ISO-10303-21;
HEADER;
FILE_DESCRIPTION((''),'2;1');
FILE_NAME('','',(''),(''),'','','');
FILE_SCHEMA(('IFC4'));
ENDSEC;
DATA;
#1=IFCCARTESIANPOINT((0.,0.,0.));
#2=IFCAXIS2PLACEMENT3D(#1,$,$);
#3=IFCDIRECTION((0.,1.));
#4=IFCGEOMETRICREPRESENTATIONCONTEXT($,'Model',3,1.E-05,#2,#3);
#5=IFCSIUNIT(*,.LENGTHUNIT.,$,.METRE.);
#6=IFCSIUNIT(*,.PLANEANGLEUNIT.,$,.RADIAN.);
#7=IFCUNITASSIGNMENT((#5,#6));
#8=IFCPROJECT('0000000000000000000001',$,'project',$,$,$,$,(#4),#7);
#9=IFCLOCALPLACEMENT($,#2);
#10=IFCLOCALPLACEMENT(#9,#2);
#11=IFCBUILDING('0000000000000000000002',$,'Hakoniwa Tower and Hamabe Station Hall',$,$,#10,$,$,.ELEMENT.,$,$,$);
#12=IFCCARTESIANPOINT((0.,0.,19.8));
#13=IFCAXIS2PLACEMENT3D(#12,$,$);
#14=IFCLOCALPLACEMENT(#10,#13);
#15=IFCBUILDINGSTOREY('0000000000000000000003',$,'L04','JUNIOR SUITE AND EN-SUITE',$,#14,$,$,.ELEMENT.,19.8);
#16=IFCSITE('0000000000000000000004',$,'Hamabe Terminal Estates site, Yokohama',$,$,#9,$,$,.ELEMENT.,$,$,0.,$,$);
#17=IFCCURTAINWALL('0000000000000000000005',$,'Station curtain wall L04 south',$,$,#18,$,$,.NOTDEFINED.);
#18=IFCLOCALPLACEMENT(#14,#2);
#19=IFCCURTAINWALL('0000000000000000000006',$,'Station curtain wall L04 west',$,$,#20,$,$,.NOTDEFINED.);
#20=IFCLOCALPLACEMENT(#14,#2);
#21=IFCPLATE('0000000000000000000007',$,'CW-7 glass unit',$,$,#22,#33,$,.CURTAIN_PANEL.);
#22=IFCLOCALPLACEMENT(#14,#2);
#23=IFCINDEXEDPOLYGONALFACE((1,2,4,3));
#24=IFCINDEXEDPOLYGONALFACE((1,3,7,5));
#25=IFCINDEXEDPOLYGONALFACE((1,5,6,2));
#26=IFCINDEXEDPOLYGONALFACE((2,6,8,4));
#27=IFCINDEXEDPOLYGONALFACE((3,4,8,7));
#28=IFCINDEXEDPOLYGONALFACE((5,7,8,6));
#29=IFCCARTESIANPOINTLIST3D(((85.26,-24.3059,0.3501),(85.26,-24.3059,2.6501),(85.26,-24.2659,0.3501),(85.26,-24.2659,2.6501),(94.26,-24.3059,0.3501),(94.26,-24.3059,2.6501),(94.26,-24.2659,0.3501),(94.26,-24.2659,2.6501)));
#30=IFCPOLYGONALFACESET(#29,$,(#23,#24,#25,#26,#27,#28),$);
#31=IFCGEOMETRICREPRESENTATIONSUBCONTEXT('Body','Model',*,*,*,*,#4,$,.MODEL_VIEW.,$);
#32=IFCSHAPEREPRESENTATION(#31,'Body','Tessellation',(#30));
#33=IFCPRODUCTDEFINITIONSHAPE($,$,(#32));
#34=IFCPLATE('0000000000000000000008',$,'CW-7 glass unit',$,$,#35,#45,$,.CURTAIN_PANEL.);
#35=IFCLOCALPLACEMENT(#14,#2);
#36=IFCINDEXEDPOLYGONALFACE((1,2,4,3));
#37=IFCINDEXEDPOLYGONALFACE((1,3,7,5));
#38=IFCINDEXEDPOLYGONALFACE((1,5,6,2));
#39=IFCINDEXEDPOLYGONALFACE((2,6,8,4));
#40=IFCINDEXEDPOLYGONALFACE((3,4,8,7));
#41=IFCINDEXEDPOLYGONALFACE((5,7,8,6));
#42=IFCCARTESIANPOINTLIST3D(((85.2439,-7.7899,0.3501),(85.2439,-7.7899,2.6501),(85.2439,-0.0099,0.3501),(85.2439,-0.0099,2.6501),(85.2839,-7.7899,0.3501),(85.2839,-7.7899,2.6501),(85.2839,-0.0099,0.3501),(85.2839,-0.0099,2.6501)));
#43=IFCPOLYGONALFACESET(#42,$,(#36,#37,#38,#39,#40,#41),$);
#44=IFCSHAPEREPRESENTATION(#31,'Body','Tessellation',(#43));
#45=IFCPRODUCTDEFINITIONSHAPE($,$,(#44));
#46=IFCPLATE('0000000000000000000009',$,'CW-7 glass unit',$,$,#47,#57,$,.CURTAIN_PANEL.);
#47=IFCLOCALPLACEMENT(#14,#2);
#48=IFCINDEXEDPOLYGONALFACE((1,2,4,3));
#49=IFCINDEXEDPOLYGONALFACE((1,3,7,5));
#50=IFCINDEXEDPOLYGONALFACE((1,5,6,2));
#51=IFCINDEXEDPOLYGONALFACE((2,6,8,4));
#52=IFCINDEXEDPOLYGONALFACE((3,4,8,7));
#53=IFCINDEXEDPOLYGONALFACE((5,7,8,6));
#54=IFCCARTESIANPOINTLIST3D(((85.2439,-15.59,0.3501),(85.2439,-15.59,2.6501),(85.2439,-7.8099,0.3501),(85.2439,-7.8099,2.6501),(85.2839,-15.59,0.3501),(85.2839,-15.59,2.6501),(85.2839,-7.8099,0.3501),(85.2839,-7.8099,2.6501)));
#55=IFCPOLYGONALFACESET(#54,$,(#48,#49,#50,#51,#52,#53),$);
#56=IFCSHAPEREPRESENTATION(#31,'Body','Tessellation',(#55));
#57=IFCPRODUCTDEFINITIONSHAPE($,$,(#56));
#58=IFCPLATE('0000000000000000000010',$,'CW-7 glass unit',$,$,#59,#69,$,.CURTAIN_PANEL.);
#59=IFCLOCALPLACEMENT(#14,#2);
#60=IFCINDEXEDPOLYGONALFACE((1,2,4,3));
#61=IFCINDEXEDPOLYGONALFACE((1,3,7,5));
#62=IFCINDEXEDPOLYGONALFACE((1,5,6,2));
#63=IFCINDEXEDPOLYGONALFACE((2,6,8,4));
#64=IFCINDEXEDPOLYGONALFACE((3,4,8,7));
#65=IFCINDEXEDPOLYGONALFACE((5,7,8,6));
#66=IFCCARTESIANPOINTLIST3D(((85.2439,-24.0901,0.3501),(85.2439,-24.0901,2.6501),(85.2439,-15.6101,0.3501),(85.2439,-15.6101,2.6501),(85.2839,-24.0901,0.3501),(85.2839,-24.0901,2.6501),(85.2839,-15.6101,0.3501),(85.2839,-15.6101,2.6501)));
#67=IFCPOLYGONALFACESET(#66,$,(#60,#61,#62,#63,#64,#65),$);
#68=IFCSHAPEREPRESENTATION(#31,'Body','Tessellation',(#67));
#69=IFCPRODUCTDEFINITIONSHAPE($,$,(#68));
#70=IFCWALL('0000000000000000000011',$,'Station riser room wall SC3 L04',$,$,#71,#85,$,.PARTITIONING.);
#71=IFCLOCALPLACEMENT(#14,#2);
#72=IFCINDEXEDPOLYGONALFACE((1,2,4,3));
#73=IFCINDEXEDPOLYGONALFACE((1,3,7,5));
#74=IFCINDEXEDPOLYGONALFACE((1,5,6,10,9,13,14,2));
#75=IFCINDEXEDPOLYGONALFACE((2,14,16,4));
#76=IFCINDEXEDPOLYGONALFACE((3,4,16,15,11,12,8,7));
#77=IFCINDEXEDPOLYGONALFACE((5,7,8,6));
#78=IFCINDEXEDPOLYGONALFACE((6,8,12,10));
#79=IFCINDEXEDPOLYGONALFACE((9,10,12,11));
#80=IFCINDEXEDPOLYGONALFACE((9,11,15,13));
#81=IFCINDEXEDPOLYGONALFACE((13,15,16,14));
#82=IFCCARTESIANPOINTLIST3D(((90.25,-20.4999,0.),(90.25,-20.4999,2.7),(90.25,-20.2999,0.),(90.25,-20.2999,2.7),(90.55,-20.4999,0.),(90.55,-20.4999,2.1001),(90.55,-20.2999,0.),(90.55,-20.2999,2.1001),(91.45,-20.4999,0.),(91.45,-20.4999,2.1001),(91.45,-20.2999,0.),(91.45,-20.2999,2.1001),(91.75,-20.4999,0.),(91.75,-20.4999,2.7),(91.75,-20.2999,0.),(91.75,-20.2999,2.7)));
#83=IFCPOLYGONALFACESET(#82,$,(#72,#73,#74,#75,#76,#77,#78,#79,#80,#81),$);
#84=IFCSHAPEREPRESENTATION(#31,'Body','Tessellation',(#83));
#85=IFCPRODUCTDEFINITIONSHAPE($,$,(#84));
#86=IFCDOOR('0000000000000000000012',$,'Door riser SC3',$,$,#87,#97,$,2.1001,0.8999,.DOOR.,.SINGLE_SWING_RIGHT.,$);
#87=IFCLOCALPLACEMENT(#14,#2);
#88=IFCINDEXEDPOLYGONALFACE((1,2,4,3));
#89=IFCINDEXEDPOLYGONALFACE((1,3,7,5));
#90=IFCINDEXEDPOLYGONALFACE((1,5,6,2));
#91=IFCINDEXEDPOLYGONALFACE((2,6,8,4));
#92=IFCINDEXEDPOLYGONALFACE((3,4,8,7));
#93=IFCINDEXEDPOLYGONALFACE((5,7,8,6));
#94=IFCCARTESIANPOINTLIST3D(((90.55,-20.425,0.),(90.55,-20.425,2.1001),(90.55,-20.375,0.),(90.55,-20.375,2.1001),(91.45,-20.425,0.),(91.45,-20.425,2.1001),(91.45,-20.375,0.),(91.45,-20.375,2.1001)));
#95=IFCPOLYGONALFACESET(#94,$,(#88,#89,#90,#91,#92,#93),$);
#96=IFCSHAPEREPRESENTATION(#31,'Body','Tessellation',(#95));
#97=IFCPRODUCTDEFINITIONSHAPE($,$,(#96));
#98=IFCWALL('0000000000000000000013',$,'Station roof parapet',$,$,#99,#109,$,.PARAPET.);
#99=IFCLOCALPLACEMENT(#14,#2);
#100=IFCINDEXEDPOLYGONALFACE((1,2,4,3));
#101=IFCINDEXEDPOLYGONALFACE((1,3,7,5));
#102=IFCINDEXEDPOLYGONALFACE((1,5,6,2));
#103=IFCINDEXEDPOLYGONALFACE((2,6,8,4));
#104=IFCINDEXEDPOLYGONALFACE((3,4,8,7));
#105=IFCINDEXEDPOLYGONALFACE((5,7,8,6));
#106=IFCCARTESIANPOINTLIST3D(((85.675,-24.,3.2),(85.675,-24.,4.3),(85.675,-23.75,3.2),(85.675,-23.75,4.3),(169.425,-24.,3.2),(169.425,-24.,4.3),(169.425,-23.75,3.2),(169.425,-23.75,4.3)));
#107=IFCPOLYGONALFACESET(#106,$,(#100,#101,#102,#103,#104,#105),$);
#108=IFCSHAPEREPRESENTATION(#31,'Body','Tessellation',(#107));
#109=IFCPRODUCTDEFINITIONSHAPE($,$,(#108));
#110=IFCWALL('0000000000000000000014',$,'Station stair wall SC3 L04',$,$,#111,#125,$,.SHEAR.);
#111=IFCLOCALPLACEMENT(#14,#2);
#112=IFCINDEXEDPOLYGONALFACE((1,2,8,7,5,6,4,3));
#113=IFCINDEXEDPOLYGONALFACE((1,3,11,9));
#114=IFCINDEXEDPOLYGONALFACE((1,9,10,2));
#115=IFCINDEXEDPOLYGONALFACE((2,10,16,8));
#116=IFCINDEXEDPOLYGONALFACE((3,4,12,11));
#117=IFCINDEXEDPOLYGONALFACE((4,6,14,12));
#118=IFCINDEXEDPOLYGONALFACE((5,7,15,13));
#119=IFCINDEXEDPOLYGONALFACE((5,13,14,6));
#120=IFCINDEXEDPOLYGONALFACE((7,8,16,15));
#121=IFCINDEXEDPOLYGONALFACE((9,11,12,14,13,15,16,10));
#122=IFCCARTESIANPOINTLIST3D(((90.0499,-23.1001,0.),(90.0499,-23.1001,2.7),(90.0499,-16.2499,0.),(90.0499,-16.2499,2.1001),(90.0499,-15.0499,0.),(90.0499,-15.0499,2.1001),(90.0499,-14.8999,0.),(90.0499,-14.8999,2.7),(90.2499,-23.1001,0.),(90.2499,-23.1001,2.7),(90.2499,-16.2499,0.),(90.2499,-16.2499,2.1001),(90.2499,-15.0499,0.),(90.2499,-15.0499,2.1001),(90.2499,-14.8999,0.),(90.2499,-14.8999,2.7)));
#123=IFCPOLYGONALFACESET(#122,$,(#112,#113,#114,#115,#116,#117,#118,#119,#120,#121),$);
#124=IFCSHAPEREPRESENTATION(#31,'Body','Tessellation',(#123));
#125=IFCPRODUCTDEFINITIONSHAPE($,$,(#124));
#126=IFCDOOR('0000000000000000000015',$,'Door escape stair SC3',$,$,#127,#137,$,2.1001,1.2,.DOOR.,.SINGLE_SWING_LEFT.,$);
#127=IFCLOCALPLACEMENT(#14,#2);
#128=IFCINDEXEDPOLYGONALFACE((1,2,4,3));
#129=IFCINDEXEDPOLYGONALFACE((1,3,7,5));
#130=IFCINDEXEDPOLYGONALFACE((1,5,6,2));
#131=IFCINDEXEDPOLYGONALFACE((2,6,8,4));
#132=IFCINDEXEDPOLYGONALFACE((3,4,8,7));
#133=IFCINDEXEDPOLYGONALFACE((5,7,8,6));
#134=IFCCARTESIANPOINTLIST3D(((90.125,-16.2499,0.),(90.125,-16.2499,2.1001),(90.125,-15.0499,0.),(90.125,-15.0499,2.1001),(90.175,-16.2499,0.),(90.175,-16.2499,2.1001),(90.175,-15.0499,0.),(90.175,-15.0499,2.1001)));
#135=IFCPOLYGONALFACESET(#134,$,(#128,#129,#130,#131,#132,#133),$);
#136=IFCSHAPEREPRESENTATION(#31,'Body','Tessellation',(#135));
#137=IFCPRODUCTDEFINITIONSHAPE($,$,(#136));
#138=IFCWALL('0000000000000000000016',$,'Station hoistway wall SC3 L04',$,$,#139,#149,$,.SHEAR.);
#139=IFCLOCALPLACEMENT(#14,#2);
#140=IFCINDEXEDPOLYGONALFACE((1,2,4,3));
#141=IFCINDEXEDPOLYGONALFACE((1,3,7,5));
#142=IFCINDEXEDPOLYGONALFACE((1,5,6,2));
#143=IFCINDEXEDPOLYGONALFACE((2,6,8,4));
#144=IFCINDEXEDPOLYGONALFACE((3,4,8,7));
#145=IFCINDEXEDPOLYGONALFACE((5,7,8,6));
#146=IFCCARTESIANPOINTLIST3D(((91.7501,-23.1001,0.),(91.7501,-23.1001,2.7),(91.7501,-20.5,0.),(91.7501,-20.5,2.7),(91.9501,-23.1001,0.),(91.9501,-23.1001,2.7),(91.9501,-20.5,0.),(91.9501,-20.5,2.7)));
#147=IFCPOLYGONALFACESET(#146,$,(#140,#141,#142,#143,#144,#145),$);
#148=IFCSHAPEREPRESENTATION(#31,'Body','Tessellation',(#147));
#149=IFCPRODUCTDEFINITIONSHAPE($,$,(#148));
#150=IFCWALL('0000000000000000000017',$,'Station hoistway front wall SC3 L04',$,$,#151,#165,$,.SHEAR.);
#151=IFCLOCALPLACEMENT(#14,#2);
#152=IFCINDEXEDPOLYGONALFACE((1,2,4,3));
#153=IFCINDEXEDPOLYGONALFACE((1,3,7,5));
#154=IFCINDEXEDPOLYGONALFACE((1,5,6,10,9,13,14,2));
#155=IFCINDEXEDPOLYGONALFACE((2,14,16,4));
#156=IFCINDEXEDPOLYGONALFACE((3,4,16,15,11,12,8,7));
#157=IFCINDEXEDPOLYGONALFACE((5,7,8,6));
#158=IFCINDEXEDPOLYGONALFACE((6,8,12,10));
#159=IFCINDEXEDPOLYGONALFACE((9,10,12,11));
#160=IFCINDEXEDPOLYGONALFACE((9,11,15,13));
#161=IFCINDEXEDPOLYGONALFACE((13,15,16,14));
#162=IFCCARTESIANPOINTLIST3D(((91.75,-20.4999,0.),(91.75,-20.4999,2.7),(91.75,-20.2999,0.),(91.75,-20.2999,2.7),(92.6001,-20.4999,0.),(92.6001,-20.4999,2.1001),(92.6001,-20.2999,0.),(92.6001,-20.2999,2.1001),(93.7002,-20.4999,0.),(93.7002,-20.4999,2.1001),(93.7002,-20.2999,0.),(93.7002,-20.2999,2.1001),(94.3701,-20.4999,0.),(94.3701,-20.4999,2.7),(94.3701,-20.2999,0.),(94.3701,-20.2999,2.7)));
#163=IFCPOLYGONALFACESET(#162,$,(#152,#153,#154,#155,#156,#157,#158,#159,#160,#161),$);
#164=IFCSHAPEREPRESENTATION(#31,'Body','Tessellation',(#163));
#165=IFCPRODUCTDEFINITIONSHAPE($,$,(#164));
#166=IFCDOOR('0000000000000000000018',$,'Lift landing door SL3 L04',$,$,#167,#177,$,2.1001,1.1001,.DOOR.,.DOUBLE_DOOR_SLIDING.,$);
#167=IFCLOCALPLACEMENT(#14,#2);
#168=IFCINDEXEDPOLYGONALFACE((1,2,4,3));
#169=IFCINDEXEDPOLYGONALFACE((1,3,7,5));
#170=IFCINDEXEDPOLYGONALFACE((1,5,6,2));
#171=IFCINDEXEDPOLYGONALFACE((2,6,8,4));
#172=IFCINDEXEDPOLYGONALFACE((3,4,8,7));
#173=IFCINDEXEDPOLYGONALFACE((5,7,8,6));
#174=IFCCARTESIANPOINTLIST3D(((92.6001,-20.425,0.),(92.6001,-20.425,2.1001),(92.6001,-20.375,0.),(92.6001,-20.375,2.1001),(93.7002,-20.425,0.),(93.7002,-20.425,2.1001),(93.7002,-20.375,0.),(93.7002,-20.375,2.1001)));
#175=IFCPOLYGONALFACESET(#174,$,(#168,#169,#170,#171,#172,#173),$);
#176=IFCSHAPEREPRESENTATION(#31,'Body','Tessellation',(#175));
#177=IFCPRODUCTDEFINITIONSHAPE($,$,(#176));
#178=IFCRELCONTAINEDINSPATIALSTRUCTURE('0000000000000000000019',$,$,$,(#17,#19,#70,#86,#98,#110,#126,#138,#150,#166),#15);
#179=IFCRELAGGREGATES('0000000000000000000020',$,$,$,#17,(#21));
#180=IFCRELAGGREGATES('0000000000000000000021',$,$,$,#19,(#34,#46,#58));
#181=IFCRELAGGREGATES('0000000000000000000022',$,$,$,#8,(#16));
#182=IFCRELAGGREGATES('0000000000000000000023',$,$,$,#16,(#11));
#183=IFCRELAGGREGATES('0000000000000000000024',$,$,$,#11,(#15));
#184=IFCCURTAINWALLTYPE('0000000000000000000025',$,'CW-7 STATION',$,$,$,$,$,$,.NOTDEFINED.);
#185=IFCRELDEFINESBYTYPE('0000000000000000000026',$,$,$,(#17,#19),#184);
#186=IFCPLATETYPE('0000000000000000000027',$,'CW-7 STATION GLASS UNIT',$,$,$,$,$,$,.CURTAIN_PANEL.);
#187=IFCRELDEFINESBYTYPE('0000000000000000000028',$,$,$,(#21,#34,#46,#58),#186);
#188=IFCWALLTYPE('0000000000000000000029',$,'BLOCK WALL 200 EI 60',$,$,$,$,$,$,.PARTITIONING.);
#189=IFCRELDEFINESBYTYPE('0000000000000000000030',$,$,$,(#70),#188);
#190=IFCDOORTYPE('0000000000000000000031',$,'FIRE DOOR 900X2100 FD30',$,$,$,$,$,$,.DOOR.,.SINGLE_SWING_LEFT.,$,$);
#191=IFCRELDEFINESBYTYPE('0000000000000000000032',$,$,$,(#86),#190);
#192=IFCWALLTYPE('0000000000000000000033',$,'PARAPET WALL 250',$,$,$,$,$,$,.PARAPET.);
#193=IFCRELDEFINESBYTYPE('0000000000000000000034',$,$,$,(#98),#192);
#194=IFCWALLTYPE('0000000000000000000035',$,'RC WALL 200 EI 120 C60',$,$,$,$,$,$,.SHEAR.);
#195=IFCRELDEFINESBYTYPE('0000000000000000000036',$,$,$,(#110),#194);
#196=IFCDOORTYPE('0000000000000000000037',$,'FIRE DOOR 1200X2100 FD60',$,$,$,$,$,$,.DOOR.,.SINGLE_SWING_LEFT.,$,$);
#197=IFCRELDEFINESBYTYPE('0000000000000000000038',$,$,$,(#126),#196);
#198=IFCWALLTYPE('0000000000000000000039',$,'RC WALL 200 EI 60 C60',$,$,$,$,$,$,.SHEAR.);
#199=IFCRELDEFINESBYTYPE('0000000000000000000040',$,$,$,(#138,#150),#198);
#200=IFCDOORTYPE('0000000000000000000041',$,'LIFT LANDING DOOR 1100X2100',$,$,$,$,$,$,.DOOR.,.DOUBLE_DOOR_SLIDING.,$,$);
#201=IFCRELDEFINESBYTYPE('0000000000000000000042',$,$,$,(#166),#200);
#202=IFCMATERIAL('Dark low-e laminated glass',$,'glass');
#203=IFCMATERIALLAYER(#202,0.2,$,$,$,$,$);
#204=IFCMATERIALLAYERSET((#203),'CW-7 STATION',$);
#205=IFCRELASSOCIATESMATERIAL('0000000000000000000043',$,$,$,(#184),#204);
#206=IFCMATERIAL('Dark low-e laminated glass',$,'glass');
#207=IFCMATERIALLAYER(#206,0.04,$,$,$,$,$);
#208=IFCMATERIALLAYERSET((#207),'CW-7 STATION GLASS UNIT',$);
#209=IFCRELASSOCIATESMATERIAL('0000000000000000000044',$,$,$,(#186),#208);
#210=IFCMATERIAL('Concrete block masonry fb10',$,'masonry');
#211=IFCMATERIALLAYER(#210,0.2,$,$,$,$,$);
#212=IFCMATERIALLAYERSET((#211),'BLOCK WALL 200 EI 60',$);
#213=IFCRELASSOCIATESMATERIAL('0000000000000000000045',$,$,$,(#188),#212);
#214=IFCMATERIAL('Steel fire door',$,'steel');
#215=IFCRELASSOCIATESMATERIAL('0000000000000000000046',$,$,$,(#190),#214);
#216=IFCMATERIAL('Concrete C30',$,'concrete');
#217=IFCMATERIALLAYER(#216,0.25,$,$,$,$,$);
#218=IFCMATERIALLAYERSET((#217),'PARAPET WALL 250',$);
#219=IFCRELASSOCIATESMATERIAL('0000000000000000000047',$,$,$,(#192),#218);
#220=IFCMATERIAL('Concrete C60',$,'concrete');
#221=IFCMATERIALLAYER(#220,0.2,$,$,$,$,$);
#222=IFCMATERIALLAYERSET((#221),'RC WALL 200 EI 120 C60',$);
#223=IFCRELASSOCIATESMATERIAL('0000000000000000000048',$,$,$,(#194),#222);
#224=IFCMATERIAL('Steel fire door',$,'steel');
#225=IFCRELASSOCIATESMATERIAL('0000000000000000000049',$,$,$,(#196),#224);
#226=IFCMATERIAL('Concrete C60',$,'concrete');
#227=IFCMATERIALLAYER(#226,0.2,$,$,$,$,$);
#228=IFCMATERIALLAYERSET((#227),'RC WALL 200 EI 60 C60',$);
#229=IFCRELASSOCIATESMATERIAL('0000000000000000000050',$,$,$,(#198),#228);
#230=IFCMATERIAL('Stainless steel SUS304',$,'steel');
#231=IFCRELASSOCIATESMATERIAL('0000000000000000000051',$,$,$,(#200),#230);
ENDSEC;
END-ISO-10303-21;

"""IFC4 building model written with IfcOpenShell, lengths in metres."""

from ifc_helpers import new_model, si_unit, direction, frame, frame_2d, origin, origin_2d, place, context, subcontext, project, spatial, rectangle, extrude, material, layer, layer_set, type_object, element, fill, aggregate, save


model = new_model("IFC4")

# Units and contexts
model_context = context("Model", 3, precision=1e-05, world=origin(), true_north=direction((0.0, 1.0)))
body_context = subcontext(model_context, "Body", "Model", "MODEL_VIEW")
ifc_project = project(units=[si_unit("LENGTHUNIT", "METRE"), si_unit("PLANEANGLEUNIT", "RADIAN")], contexts=[model_context])

# Site, building, storey
site_placement = place(None, origin())
site = spatial("IfcSite", under=ifc_project, at=site_placement, Name="Hamabe Terminal Estates site, Yokohama", CompositionType="ELEMENT", RefElevation=0.0)
building_placement = place(site_placement, origin())
building = spatial("IfcBuilding", under=site, at=building_placement, Name="Hakoniwa Tower and Hamabe Station Hall", CompositionType="ELEMENT")
storey_placement = place(building_placement, frame((0.0, 0.0, 19.8)))
storey = spatial("IfcBuildingStorey", under=building, at=storey_placement, Name="L04", Description="JUNIOR SUITE AND EN-SUITE", CompositionType="ELEMENT", Elevation=19.8)

# Curtain wall
ifc_material_1 = material(Name="Dark low-e laminated glass", Category="glass")
ifc_layer_1 = layer(ifc_material_1, 0.2)
ifc_layer_set_1 = layer_set([ifc_layer_1], Name="CW-7 STATION")
curtain_wall_type_1 = type_object("IfcCurtainWallType", Name="CW-7 STATION", PredefinedType="NOTDEFINED", material=ifc_layer_set_1)
curtain_wall_1_placement = place(storey_placement, origin())
curtain_wall_1 = element("IfcCurtainWall", 1, at=curtain_wall_1_placement, inside=storey, type_object=curtain_wall_type_1, Name="Station curtain wall L04 south", PredefinedType="NOTDEFINED")

# Curtain wall
curtain_wall_2_placement = place(storey_placement, origin())
curtain_wall_2 = element("IfcCurtainWall", 2, at=curtain_wall_2_placement, inside=storey, type_object=curtain_wall_type_1, Name="Station curtain wall L04 west", PredefinedType="NOTDEFINED")

# Plates
ifc_material_2 = material(Name="Dark low-e laminated glass", Category="glass")
ifc_layer_2 = layer(ifc_material_2, 0.04)
ifc_layer_set_2 = layer_set([ifc_layer_2], Name="CW-7 STATION GLASS UNIT")
plate_type_1 = type_object("IfcPlateType", Name="CW-7 STATION GLASS UNIT", PredefinedType="CURTAIN_PANEL", material=ifc_layer_set_2)
plate_1_placement = place(storey_placement, frame((89.76, -24.2859, 0.3501), z_axis=(0.0, 0.0, 1.0), x_axis=(1.0, 0.0, 0.0)))
plate_1 = element("IfcPlate", 3, at=plate_1_placement, type_object=plate_type_1, Name="CW-7 glass unit", PredefinedType="CURTAIN_PANEL", context=body_context, shape_type="SweptSolid", body=[
    extrude(rectangle(XDim=9.0, YDim=0.04, at=origin_2d()), origin(), (0.0, 0.0, 1.0), 2.3),
])
aggregate(curtain_wall_1, [plate_1])
plate_2_placement = place(storey_placement, frame((85.2639, -3.8999, 0.3501), z_axis=(0.0, 0.0, 1.0), x_axis=(0.0, -1.0, 0.0)))
plate_2 = element("IfcPlate", 4, at=plate_2_placement, type_object=plate_type_1, Name="CW-7 glass unit", PredefinedType="CURTAIN_PANEL", context=body_context, shape_type="SweptSolid", body=[
    extrude(rectangle(XDim=7.78, YDim=0.04, at=origin_2d()), origin(), (0.0, 0.0, 1.0), 2.3),
])
plate_3_placement = place(storey_placement, frame((85.2639, -11.7, 0.3501), z_axis=(0.0, 0.0, 1.0), x_axis=(0.0, -1.0, 0.0)))
plate_3 = element("IfcPlate", 5, at=plate_3_placement, type_object=plate_type_1, Name="CW-7 glass unit", PredefinedType="CURTAIN_PANEL", context=body_context, shape_type="SweptSolid", body=[
    extrude(rectangle(XDim=7.78, YDim=0.04, at=origin_2d()), origin(), (0.0, 0.0, 1.0), 2.3),
])
plate_4_placement = place(storey_placement, frame((85.2639, -19.8501, 0.3501), z_axis=(0.0, 0.0, 1.0), x_axis=(0.0, -1.0, 0.0)))
plate_4 = element("IfcPlate", 6, at=plate_4_placement, type_object=plate_type_1, Name="CW-7 glass unit", PredefinedType="CURTAIN_PANEL", context=body_context, shape_type="SweptSolid", body=[
    extrude(rectangle(XDim=8.48, YDim=0.04, at=origin_2d()), origin(), (0.0, 0.0, 1.0), 2.3),
])
aggregate(curtain_wall_2, [plate_2, plate_3, plate_4])

# Wall, opening, door
ifc_material_3 = material(Name="Concrete block masonry fb10", Category="masonry")
ifc_layer_3 = layer(ifc_material_3, 0.2)
ifc_layer_set_3 = layer_set([ifc_layer_3], Name="BLOCK WALL 200 EI 60")
wall_type_1 = type_object("IfcWallType", Name="BLOCK WALL 200 EI 60", PredefinedType="PARTITIONING", material=ifc_layer_set_3)
wall_1_placement = place(storey_placement, frame((90.25, -20.3999, 0.0), z_axis=(0.0, 0.0, 1.0), x_axis=(1.0, 0.0, 0.0)))
wall_1 = element("IfcWall", 7, at=wall_1_placement, inside=storey, type_object=wall_type_1, Name="Station riser room wall SC3 L04", PredefinedType="PARTITIONING", context=body_context, shape_type="SweptSolid", body=[
    extrude(rectangle(XDim=1.5, YDim=0.2, at=frame_2d((0.75, 0.0))), origin(), (0.0, 0.0, 1.0), 2.7),
])
opening_1_placement = place(wall_1_placement, frame((0.3, 0.0, 0.0)))
opening_1 = element("IfcOpeningElement", 8, at=opening_1_placement, cuts=wall_1, PredefinedType="OPENING", context=body_context, shape_type="SweptSolid", body=[
    extrude(rectangle(XDim=0.8999, YDim=2.1001, at=frame_2d((0.45, 1.05))), frame((0.0, 0.1099, 0.0), z_axis=(0.0, -1.0, 0.0), x_axis=(1.0, 0.0, 0.0)), (0.0, 0.0, 1.0), 0.22),
])
ifc_material_4 = material(Name="Steel fire door", Category="steel")
door_type_1 = type_object("IfcDoorType", Name="FIRE DOOR 900X2100 FD30", OperationType="SINGLE_SWING_LEFT", PredefinedType="DOOR", material=ifc_material_4)
door_1_placement = place(opening_1_placement, origin())
door_1 = element("IfcDoor", 9, at=door_1_placement, inside=storey, type_object=door_type_1, Name="Door riser SC3", OperationType="SINGLE_SWING_RIGHT", OverallHeight=2.1001, OverallWidth=0.8999, PredefinedType="DOOR", context=body_context, shape_type="SweptSolid", body=[
    extrude(rectangle(XDim=0.8999, YDim=2.1001, at=frame_2d((0.45, 1.05))), frame((0.0, 0.0249, 0.0), z_axis=(0.0, -1.0, 0.0), x_axis=(1.0, 0.0, 0.0)), (0.0, 0.0, 1.0), 0.05),
])
fill(opening_1, door_1)

# Wall
ifc_material_5 = material(Name="Concrete C30", Category="concrete")
ifc_layer_4 = layer(ifc_material_5, 0.25)
ifc_layer_set_4 = layer_set([ifc_layer_4], Name="PARAPET WALL 250")
wall_type_2 = type_object("IfcWallType", Name="PARAPET WALL 250", PredefinedType="PARAPET", material=ifc_layer_set_4)
wall_2_placement = place(storey_placement, frame((85.675, -23.875, 3.2), z_axis=(0.0, 0.0, 1.0), x_axis=(1.0, 0.0, 0.0)))
element("IfcWall", 10, at=wall_2_placement, inside=storey, type_object=wall_type_2, Name="Station roof parapet", PredefinedType="PARAPET", context=body_context, shape_type="SweptSolid", body=[
    extrude(rectangle(XDim=83.75, YDim=0.25, at=frame_2d((41.875, 0.0))), origin(), (0.0, 0.0, 1.0), 1.1001),
])

# Wall, opening, door
ifc_material_6 = material(Name="Concrete C60", Category="concrete")
ifc_layer_5 = layer(ifc_material_6, 0.2)
ifc_layer_set_5 = layer_set([ifc_layer_5], Name="RC WALL 200 EI 120 C60")
wall_type_3 = type_object("IfcWallType", Name="RC WALL 200 EI 120 C60", PredefinedType="SHEAR", material=ifc_layer_set_5)
wall_3_placement = place(storey_placement, frame((90.1499, -23.1001, 0.0), z_axis=(0.0, 0.0, 1.0), x_axis=(0.0, 1.0, 0.0)))
wall_3 = element("IfcWall", 11, at=wall_3_placement, inside=storey, type_object=wall_type_3, Name="Station stair wall SC3 L04", PredefinedType="SHEAR", context=body_context, shape_type="SweptSolid", body=[
    extrude(rectangle(XDim=8.2002, YDim=0.2, at=frame_2d((4.1001, 0.0))), origin(), (0.0, 0.0, 1.0), 2.7),
])
opening_2_placement = place(wall_3_placement, frame((6.8501, 0.0, 0.0)))
opening_2 = element("IfcOpeningElement", 12, at=opening_2_placement, cuts=wall_3, PredefinedType="OPENING", context=body_context, shape_type="SweptSolid", body=[
    extrude(rectangle(XDim=1.2, YDim=2.1001, at=frame_2d((0.6001, 1.05))), frame((0.0, 0.1099, 0.0), z_axis=(0.0, -1.0, 0.0), x_axis=(1.0, 0.0, 0.0)), (0.0, 0.0, 1.0), 0.22),
])
ifc_material_7 = material(Name="Steel fire door", Category="steel")
door_type_2 = type_object("IfcDoorType", Name="FIRE DOOR 1200X2100 FD60", OperationType="SINGLE_SWING_LEFT", PredefinedType="DOOR", material=ifc_material_7)
door_2_placement = place(opening_2_placement, origin())
door_2 = element("IfcDoor", 13, at=door_2_placement, inside=storey, type_object=door_type_2, Name="Door escape stair SC3", OperationType="SINGLE_SWING_LEFT", OverallHeight=2.1001, OverallWidth=1.2, PredefinedType="DOOR", context=body_context, shape_type="SweptSolid", body=[
    extrude(rectangle(XDim=1.2, YDim=2.1001, at=frame_2d((0.6001, 1.05))), frame((0.0, 0.0249, 0.0), z_axis=(0.0, -1.0, 0.0), x_axis=(1.0, 0.0, 0.0)), (0.0, 0.0, 1.0), 0.05),
])
fill(opening_2, door_2)

# Wall
ifc_material_8 = material(Name="Concrete C60", Category="concrete")
ifc_layer_6 = layer(ifc_material_8, 0.2)
ifc_layer_set_6 = layer_set([ifc_layer_6], Name="RC WALL 200 EI 60 C60")
wall_type_4 = type_object("IfcWallType", Name="RC WALL 200 EI 60 C60", PredefinedType="SHEAR", material=ifc_layer_set_6)
wall_4_placement = place(storey_placement, frame((91.8501, -23.1001, 0.0), z_axis=(0.0, 0.0, 1.0), x_axis=(0.0, 1.0, 0.0)))
element("IfcWall", 14, at=wall_4_placement, inside=storey, type_object=wall_type_4, Name="Station hoistway wall SC3 L04", PredefinedType="SHEAR", context=body_context, shape_type="SweptSolid", body=[
    extrude(rectangle(XDim=2.6001, YDim=0.2, at=frame_2d((1.3, 0.0))), origin(), (0.0, 0.0, 1.0), 2.7),
])

# Wall, opening, door
wall_5_placement = place(storey_placement, frame((91.75, -20.3999, 0.0), z_axis=(0.0, 0.0, 1.0), x_axis=(1.0, 0.0, 0.0)))
wall_5 = element("IfcWall", 15, at=wall_5_placement, inside=storey, type_object=wall_type_4, Name="Station hoistway front wall SC3 L04", PredefinedType="SHEAR", context=body_context, shape_type="SweptSolid", body=[
    extrude(rectangle(XDim=2.6201, YDim=0.2, at=frame_2d((1.3101, 0.0))), origin(), (0.0, 0.0, 1.0), 2.7),
])
opening_3_placement = place(wall_5_placement, frame((0.8501, 0.0, 0.0)))
opening_3 = element("IfcOpeningElement", 16, at=opening_3_placement, cuts=wall_5, PredefinedType="OPENING", context=body_context, shape_type="SweptSolid", body=[
    extrude(rectangle(XDim=1.1001, YDim=2.1001, at=frame_2d((0.55, 1.05))), frame((0.0, 0.1099, 0.0), z_axis=(0.0, -1.0, 0.0), x_axis=(1.0, 0.0, 0.0)), (0.0, 0.0, 1.0), 0.22),
])
ifc_material_9 = material(Name="Stainless steel SUS304", Category="steel")
door_type_3 = type_object("IfcDoorType", Name="LIFT LANDING DOOR 1100X2100", OperationType="DOUBLE_DOOR_SLIDING", PredefinedType="DOOR", material=ifc_material_9)
door_3_placement = place(opening_3_placement, origin())
door_3 = element("IfcDoor", 17, at=door_3_placement, inside=storey, type_object=door_type_3, Name="Lift landing door SL3 L04", OperationType="DOUBLE_DOOR_SLIDING", OverallHeight=2.1001, OverallWidth=1.1001, PredefinedType="DOOR", context=body_context, shape_type="SweptSolid", body=[
    extrude(rectangle(XDim=1.1001, YDim=2.1001, at=frame_2d((0.55, 1.05))), frame((0.0, 0.0249, 0.0), z_axis=(0.0, -1.0, 0.0), x_axis=(1.0, 0.0, 0.0)), (0.0, 0.0, 1.0), 0.05),
])
fill(opening_3, door_3)

save(model, "model.ifc")
